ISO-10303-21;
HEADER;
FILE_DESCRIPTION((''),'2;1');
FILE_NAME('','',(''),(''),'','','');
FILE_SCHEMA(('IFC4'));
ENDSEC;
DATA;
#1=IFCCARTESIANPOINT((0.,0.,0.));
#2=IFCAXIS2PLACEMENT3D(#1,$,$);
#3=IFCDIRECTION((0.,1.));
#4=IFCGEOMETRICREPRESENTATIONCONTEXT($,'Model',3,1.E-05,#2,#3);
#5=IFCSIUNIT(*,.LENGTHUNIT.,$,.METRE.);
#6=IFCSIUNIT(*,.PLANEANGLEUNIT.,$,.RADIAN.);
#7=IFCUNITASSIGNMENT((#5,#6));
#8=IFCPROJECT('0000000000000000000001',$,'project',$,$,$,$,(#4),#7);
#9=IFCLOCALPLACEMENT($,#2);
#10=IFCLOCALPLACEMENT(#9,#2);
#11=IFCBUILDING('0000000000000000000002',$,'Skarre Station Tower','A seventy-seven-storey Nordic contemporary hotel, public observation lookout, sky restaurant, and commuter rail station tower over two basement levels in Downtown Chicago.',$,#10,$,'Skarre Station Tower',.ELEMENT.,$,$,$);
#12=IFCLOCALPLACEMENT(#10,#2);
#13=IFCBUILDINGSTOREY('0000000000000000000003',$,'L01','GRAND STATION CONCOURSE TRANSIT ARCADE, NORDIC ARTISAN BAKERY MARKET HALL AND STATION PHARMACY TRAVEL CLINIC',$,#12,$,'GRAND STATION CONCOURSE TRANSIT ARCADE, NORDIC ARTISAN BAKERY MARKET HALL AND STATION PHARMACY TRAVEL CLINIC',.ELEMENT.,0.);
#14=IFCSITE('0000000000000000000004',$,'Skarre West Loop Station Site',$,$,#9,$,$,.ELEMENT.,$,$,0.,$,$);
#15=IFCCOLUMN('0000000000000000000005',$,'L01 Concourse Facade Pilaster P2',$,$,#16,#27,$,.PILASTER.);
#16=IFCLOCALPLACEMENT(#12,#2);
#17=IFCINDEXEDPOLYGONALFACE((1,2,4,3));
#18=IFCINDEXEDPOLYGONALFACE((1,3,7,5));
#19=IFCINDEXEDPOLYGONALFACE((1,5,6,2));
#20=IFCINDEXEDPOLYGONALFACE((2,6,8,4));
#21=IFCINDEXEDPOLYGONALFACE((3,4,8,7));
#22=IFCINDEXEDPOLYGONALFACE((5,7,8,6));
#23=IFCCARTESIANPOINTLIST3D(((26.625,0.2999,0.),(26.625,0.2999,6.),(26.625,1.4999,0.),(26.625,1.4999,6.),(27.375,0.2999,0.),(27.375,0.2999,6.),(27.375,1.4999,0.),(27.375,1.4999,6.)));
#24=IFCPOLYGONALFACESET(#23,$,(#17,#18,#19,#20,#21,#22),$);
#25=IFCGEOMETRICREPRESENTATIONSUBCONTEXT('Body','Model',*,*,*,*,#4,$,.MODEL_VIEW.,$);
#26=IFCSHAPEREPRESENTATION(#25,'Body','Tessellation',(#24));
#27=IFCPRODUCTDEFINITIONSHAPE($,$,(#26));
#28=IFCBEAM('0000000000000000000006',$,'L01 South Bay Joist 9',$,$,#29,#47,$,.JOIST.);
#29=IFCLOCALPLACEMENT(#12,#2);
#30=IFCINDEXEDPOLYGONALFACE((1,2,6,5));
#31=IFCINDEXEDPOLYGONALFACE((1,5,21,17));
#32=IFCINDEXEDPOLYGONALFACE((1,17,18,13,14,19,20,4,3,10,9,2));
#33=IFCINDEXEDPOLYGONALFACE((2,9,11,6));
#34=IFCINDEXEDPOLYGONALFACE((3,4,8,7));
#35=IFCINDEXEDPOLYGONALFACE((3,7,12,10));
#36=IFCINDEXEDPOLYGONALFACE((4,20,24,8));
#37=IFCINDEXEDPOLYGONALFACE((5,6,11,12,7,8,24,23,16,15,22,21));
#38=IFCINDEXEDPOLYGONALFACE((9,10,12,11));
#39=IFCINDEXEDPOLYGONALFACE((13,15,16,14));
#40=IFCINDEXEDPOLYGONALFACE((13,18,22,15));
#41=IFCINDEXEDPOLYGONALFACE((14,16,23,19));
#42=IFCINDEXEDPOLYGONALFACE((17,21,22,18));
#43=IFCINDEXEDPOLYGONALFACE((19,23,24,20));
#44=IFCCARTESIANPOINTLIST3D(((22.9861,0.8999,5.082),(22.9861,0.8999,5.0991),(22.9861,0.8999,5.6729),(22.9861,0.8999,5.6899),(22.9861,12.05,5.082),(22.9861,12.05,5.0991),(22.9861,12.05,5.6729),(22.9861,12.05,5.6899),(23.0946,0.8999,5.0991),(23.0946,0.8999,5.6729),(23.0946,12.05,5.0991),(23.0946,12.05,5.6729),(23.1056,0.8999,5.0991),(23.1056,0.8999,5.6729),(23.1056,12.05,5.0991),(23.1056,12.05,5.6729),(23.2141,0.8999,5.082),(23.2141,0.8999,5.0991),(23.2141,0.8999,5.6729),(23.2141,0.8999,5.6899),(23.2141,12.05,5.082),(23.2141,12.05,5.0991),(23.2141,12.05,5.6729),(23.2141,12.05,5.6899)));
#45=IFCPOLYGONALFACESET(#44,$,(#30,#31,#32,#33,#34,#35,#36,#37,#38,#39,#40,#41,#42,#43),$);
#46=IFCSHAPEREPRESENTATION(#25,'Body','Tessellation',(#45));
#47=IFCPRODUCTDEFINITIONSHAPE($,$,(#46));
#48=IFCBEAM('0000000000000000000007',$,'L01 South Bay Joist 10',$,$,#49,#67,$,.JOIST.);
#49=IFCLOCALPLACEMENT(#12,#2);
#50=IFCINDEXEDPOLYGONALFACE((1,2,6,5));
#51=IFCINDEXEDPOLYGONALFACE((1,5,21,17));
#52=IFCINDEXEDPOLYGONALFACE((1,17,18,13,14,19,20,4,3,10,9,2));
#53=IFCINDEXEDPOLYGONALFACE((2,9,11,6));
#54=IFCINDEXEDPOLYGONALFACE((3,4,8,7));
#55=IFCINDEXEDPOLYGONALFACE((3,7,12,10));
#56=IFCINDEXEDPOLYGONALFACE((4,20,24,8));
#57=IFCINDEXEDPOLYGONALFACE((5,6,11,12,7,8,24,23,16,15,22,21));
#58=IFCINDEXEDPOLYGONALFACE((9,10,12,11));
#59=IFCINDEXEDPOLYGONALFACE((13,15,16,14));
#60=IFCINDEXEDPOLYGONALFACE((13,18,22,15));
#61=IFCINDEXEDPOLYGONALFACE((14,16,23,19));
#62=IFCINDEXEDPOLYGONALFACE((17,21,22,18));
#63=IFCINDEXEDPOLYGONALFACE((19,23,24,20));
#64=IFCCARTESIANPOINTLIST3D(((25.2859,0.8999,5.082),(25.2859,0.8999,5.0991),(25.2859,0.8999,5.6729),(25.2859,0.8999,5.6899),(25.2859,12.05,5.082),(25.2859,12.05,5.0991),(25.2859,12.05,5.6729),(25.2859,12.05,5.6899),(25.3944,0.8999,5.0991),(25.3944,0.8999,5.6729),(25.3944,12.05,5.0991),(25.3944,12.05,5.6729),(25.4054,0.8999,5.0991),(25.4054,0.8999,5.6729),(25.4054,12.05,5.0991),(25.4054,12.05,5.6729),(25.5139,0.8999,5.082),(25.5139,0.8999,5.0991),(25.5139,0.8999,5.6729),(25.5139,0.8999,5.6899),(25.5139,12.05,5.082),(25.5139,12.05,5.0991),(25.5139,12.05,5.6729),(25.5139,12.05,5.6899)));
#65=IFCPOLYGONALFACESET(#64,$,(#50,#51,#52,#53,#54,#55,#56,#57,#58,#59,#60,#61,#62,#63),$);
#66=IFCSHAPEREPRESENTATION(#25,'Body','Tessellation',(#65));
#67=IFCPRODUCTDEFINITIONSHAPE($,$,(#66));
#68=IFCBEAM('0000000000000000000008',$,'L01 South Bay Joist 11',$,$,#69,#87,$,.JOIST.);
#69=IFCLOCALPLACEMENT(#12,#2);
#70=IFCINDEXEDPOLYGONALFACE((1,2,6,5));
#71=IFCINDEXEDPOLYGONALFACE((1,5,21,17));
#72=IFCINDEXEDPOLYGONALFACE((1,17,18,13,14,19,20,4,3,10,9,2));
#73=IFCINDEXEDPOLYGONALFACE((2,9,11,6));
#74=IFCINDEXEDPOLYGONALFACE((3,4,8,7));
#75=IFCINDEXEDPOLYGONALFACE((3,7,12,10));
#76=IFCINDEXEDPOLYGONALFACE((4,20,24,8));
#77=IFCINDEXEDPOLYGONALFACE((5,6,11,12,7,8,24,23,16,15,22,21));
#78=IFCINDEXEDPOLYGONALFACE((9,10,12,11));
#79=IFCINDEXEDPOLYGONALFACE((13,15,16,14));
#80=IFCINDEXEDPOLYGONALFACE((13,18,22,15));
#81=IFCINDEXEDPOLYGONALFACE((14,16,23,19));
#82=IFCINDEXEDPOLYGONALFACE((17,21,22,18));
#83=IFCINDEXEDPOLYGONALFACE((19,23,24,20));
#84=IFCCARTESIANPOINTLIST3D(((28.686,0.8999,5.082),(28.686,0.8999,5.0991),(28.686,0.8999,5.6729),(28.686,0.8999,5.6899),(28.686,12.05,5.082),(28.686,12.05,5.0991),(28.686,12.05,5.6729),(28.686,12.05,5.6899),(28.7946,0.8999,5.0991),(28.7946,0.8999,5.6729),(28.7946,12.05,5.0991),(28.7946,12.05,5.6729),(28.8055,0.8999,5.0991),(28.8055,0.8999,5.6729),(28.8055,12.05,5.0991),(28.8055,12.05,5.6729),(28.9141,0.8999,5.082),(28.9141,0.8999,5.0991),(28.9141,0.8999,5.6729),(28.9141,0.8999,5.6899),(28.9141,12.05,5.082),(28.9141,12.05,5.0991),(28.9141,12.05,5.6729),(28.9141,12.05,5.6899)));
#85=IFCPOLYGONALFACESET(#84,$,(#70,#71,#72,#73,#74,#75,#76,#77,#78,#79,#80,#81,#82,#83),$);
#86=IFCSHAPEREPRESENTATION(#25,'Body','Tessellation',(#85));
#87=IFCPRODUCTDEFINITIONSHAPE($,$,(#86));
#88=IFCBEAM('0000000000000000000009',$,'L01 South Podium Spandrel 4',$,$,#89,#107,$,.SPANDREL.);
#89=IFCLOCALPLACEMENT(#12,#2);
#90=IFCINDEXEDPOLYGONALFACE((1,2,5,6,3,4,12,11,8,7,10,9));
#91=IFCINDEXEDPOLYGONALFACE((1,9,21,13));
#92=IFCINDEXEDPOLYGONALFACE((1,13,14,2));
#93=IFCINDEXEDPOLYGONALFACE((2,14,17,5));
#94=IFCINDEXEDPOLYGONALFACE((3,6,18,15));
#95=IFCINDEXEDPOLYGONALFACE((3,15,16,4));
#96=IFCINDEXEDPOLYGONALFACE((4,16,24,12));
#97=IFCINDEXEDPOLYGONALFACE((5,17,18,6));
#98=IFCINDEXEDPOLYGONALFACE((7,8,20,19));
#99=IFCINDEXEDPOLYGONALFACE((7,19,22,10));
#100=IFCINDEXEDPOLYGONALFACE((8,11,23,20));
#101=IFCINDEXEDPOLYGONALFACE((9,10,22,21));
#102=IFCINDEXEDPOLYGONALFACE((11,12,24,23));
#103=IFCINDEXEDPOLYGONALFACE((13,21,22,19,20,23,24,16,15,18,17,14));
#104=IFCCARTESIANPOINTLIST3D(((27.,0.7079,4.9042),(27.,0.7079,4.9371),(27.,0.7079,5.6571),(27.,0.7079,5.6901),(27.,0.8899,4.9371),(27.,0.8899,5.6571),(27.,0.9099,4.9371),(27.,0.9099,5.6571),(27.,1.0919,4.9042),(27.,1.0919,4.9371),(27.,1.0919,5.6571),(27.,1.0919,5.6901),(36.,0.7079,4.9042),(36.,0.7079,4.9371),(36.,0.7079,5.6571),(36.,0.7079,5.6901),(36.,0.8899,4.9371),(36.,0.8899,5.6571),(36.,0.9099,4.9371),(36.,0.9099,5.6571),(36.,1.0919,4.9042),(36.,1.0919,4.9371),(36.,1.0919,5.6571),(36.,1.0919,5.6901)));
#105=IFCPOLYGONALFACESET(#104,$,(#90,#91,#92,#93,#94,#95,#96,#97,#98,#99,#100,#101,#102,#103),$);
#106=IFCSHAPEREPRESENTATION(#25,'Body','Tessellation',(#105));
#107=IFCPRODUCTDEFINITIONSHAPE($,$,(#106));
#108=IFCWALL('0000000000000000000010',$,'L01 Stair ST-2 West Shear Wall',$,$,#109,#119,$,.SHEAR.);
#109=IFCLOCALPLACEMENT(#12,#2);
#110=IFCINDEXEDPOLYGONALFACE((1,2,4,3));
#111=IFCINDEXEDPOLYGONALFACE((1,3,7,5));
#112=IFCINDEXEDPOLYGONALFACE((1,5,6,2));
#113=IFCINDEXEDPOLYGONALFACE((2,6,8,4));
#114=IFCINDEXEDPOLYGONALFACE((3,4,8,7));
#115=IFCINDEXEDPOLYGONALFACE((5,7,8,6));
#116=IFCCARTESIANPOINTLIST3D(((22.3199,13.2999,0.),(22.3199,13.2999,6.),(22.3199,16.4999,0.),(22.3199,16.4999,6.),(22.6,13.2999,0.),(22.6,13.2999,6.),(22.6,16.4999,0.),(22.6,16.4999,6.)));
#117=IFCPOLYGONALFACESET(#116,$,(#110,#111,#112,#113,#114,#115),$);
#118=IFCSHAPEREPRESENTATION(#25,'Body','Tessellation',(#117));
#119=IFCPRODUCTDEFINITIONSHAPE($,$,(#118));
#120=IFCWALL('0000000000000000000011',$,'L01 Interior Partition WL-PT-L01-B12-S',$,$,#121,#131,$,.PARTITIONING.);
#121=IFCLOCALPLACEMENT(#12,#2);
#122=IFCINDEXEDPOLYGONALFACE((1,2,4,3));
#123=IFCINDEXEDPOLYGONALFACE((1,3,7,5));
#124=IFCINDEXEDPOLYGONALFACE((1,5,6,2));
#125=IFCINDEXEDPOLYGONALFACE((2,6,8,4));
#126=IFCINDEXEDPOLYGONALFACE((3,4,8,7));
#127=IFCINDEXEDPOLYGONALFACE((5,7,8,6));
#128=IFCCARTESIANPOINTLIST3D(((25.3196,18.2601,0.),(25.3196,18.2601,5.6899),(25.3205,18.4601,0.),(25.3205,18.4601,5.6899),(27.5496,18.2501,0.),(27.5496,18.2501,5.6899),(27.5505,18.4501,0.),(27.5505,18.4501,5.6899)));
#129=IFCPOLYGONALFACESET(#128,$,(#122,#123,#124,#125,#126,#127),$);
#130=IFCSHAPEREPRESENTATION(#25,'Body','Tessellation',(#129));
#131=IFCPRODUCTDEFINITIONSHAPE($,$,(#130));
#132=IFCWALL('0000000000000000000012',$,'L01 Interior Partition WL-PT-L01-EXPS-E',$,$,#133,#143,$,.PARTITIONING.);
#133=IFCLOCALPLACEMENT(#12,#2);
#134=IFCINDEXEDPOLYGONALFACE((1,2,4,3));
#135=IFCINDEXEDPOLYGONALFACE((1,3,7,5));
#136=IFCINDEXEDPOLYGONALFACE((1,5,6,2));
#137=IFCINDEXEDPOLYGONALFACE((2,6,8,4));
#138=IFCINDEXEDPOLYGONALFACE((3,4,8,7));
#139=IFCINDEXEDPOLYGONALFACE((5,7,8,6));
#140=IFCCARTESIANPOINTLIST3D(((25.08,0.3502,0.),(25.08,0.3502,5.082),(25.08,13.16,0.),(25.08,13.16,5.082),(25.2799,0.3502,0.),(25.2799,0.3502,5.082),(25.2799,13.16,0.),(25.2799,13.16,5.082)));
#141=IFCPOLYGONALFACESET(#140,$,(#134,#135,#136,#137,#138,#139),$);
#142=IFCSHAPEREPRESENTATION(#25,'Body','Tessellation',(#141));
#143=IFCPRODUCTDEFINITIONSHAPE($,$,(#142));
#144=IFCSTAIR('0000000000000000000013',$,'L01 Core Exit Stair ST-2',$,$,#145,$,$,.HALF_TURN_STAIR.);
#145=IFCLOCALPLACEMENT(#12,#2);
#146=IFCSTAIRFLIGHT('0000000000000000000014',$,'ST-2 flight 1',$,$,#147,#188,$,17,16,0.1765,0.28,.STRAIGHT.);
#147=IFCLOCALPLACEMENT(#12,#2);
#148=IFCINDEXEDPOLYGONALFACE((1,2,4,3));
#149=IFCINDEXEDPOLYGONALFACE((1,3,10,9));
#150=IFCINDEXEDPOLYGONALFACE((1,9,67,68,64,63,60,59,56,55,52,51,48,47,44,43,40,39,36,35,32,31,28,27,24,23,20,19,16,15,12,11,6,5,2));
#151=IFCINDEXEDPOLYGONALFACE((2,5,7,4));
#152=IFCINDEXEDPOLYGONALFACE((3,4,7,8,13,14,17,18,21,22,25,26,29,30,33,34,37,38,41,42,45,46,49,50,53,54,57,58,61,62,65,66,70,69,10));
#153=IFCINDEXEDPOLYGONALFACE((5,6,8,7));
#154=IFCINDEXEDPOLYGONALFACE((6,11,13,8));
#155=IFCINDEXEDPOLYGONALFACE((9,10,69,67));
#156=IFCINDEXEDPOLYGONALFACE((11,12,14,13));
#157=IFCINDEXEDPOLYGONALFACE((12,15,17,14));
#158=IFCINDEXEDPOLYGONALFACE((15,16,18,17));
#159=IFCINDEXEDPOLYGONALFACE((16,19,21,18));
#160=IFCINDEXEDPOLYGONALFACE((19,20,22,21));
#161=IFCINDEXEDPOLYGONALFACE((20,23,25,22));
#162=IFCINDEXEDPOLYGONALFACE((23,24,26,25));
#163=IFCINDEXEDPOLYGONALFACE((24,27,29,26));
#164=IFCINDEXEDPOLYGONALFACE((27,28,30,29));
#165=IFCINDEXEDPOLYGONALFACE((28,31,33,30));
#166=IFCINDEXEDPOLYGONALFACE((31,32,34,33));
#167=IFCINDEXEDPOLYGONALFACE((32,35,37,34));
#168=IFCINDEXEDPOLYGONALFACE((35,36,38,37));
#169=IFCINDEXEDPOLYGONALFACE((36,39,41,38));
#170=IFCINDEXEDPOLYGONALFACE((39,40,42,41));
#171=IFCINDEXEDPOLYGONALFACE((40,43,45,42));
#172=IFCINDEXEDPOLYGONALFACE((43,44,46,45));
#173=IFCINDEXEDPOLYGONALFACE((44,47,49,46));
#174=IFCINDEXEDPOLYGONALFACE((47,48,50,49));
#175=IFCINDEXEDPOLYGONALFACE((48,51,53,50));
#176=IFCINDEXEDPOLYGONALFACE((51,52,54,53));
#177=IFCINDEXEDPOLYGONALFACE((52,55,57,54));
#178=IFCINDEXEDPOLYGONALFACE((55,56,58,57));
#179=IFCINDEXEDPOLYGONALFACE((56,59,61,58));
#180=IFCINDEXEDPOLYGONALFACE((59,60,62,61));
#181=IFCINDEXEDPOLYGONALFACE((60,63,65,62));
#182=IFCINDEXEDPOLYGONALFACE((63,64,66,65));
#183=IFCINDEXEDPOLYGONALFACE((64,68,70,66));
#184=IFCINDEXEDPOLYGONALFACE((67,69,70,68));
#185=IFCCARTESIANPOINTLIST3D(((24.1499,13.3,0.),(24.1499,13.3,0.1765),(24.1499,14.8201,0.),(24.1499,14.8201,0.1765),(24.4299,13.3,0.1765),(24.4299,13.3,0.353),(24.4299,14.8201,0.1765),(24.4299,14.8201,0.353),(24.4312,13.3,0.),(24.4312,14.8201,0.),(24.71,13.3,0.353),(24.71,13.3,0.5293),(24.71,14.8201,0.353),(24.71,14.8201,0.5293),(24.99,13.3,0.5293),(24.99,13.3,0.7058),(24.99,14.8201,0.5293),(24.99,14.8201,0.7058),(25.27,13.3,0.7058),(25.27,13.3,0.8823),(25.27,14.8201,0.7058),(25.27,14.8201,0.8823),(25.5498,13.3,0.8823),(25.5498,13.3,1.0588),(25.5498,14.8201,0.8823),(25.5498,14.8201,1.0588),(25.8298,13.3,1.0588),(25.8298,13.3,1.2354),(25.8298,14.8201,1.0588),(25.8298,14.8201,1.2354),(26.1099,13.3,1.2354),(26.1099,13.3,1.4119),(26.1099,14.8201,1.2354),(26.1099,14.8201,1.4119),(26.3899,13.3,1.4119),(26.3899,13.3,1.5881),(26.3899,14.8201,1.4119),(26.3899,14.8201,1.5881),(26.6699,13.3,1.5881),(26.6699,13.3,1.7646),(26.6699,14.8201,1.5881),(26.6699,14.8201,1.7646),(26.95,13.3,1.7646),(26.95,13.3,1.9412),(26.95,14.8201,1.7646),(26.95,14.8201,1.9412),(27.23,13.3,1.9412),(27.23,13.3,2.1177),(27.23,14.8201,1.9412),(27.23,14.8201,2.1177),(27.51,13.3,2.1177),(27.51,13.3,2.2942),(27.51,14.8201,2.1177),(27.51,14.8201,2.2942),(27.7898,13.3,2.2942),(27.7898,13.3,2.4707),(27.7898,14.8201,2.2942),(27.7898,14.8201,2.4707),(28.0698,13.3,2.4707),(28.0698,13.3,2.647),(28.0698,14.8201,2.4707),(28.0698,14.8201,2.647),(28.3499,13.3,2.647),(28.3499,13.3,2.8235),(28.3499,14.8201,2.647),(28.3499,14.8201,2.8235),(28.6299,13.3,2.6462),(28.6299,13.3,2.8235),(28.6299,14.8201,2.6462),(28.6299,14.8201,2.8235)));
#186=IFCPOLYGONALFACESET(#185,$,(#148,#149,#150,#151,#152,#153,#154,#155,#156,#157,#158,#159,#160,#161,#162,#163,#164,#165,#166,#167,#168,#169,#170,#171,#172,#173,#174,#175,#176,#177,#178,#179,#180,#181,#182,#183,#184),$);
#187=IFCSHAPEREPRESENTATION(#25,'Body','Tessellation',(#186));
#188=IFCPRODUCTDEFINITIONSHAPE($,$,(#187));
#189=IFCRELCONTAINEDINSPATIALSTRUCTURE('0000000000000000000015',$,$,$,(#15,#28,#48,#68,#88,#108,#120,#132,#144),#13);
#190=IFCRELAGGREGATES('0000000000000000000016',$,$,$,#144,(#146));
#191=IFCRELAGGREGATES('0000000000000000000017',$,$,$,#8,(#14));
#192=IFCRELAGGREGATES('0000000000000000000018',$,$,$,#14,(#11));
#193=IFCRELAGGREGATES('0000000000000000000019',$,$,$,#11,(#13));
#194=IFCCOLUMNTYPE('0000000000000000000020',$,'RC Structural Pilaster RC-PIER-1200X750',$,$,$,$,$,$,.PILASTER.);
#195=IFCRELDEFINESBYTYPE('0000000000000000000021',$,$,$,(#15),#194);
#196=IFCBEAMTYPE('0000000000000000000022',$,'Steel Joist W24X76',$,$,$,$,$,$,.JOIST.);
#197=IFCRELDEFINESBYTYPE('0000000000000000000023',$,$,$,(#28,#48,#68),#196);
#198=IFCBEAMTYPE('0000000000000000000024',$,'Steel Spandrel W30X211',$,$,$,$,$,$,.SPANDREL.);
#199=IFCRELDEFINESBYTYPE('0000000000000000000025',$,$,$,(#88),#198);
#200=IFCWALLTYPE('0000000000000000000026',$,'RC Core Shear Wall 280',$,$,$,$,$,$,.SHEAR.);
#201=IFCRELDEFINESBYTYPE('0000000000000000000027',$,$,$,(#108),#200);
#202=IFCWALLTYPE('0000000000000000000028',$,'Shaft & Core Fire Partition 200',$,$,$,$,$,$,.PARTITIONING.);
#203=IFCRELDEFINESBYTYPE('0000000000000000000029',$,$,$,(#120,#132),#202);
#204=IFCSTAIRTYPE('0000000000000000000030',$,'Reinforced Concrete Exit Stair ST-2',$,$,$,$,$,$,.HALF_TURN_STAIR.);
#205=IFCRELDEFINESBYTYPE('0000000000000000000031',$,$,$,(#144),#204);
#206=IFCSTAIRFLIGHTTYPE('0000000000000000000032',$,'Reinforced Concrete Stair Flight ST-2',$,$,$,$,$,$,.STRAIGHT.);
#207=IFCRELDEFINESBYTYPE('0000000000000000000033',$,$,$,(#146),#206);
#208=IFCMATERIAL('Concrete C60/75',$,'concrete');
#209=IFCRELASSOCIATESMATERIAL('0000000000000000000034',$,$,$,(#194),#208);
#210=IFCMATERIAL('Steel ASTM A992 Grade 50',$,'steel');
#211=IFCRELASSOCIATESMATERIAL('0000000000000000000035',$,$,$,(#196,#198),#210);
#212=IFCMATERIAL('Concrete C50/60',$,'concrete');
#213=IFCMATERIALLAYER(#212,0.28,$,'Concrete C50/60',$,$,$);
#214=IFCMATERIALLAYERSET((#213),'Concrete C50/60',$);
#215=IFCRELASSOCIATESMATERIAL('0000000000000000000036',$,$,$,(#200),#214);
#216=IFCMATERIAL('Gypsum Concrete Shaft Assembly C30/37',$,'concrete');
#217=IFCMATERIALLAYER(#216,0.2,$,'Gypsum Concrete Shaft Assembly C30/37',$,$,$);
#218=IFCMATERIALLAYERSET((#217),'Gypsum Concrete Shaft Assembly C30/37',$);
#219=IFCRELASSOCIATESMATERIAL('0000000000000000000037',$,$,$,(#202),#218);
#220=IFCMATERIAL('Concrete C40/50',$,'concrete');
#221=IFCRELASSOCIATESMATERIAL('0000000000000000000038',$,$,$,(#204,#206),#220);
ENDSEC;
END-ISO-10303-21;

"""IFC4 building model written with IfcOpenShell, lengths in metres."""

from ifc_helpers import new_model, si_unit, direction, frame, frame_2d, origin, origin_2d, place, context, subcontext, project, spatial, polyline, rectangle, i_section, outline, extrude, material, layer, layer_set, material_profile, profile_set, type_object, element, aggregate, save


model = new_model("IFC4")

# Units and contexts
model_context = context("Model", 3, precision=1e-05, world=origin(), true_north=direction((0.0, 1.0)))
body_context = subcontext(model_context, "Body", "Model", "MODEL_VIEW")
ifc_project = project(units=[si_unit("LENGTHUNIT", "METRE"), si_unit("PLANEANGLEUNIT", "RADIAN")], contexts=[model_context])

# Site, building, storey
site_placement = place(None, origin())
site = spatial("IfcSite", under=ifc_project, at=site_placement, Name="Skarre West Loop Station Site", CompositionType="ELEMENT", RefElevation=0.0)
building_placement = place(site_placement, origin())
building = spatial("IfcBuilding", under=site, at=building_placement, Name="Skarre Station Tower", Description="A seventy-seven-storey Nordic contemporary hotel, public observation lookout, sky restaurant, and commuter rail station tower over two basement levels in Downtown Chicago.", LongName="Skarre Station Tower", CompositionType="ELEMENT")
storey_placement = place(building_placement, origin())
storey = spatial("IfcBuildingStorey", under=building, at=storey_placement, Name="L01", Description="GRAND STATION CONCOURSE TRANSIT ARCADE, NORDIC ARTISAN BAKERY MARKET HALL AND STATION PHARMACY TRAVEL CLINIC", LongName="GRAND STATION CONCOURSE TRANSIT ARCADE, NORDIC ARTISAN BAKERY MARKET HALL AND STATION PHARMACY TRAVEL CLINIC", CompositionType="ELEMENT", Elevation=0.0)

# Column
ifc_material_1 = material(Name="Concrete C60/75", Category="concrete")
ifc_material_profile_1 = material_profile(ifc_material_1, rectangle(XDim=0.75, YDim=1.2, at=origin_2d()), Name="Concrete C60/75")
ifc_profile_set_1 = profile_set([ifc_material_profile_1], Name="Concrete C60/75")
column_type = type_object("IfcColumnType", Name="RC Structural Pilaster RC-PIER-1200X750", PredefinedType="PILASTER", material=ifc_profile_set_1)
column_placement = place(storey_placement, frame((27.0, 0.8999, 0.0), z_axis=(0.0, 0.0, 1.0), x_axis=(1.0, 0.0, 0.0)))
element("IfcColumn", 1, at=column_placement, inside=storey, type_object=column_type, Name="L01 Concourse Facade Pilaster P2", PredefinedType="PILASTER", context=body_context, shape_type="SweptSolid", body=[
    extrude(rectangle(XDim=0.75, YDim=1.2, at=origin_2d()), origin(), (0.0, 0.0, 1.0), 6.0),
])

# Beams
ifc_material_2 = material(Name="Steel ASTM A992 Grade 50", Category="steel")
ifc_material_profile_2 = material_profile(ifc_material_2, i_section(OverallWidth=0.228, OverallDepth=0.6079, WebThickness=0.011, FlangeThickness=0.0171, at=origin_2d()), Name="Steel ASTM A992 Grade 50")
ifc_profile_set_2 = profile_set([ifc_material_profile_2], Name="Steel ASTM A992 Grade 50")
beam_type_1 = type_object("IfcBeamType", Name="Steel Joist W24X76", PredefinedType="JOIST", material=ifc_profile_set_2)
for number, where, z_axis, x_axis, name in (
    (2, (23.1001, 0.8999, 5.386), (0.0, 1.0, 0.0), (-1.0, 0.0, 0.0), "L01 South Bay Joist 9"),
    (3, (25.3999, 0.8999, 5.386), (0.0, 1.0, 0.0), (-1.0, 0.0, 0.0), "L01 South Bay Joist 10"),
    (4, (28.8, 0.8999, 5.386), (0.0, 1.0, 0.0), (-1.0, 0.0, 0.0), "L01 South Bay Joist 11"),
):
    element("IfcBeam", number, at=place(storey_placement, frame(where, z_axis=z_axis, x_axis=x_axis)), inside=storey, type_object=beam_type_1, Name=name, PredefinedType="JOIST", context=body_context, shape_type="SweptSolid", body=[
        extrude(i_section(OverallWidth=0.228, OverallDepth=0.6079, WebThickness=0.011, FlangeThickness=0.0171, at=origin_2d()), origin(), (0.0, 0.0, 1.0), 11.1501),
    ])
ifc_material_profile_3 = material_profile(ifc_material_2, i_section(OverallWidth=0.384, OverallDepth=0.7859, WebThickness=0.02, FlangeThickness=0.033, at=origin_2d()), Name="Steel ASTM A992 Grade 50")
ifc_profile_set_3 = profile_set([ifc_material_profile_3], Name="Steel ASTM A992 Grade 50")
beam_type_2 = type_object("IfcBeamType", Name="Steel Spandrel W30X211", PredefinedType="SPANDREL", material=ifc_profile_set_3)
beam_placement = place(storey_placement, frame((27.0, 0.8999, 5.2971), z_axis=(1.0, 0.0, 0.0), x_axis=(0.0, 1.0, 0.0)))
element("IfcBeam", 5, at=beam_placement, inside=storey, type_object=beam_type_2, Name="L01 South Podium Spandrel 4", PredefinedType="SPANDREL", context=body_context, shape_type="SweptSolid", body=[
    extrude(i_section(OverallWidth=0.384, OverallDepth=0.7859, WebThickness=0.02, FlangeThickness=0.033, at=origin_2d()), origin(), (0.0, 0.0, 1.0), 9.0),
])

# Walls
ifc_material_3 = material(Name="Concrete C50/60", Category="concrete")
ifc_layer_1 = layer(ifc_material_3, 0.28, Name="Concrete C50/60")
ifc_layer_set_1 = layer_set([ifc_layer_1], Name="Concrete C50/60")
wall_type_1 = type_object("IfcWallType", Name="RC Core Shear Wall 280", PredefinedType="SHEAR", material=ifc_layer_set_1)
wall_1_placement = place(storey_placement, frame((22.46, 16.5, 0.0), z_axis=(0.0, 0.0, 1.0), x_axis=(0.0, -1.0, 0.0)))
element("IfcWall", 6, at=wall_1_placement, inside=storey, type_object=wall_type_1, Name="L01 Stair ST-2 West Shear Wall", PredefinedType="SHEAR", context=body_context, shape_type="SweptSolid", body=[
    extrude(rectangle(XDim=3.2, YDim=0.28, at=frame_2d((1.6001, 0.0))), origin(), (0.0, 0.0, 1.0), 6.0),
])
ifc_material_4 = material(Name="Gypsum Concrete Shaft Assembly C30/37", Category="concrete")
ifc_layer_2 = layer(ifc_material_4, 0.2, Name="Gypsum Concrete Shaft Assembly C30/37")
ifc_layer_set_2 = layer_set([ifc_layer_2], Name="Gypsum Concrete Shaft Assembly C30/37")
wall_type_2 = type_object("IfcWallType", Name="Shaft & Core Fire Partition 200", PredefinedType="PARTITIONING", material=ifc_layer_set_2)
wall_2_placement = place(storey_placement, frame((25.3201, 18.3601, 0.0), z_axis=(0.0, 0.0, 1.0), x_axis=(0.99999, -0.004489, 0.0)))
element("IfcWall", 7, at=wall_2_placement, inside=storey, type_object=wall_type_2, Name="L01 Interior Partition WL-PT-L01-B12-S", PredefinedType="PARTITIONING", context=body_context, shape_type="SweptSolid", body=[
    extrude(rectangle(XDim=2.23, YDim=0.2, at=frame_2d((1.115, 0.0))), origin(), (0.0, 0.0, 1.0), 5.6899),
])
wall_3_placement = place(storey_placement, frame((25.1799, 13.1599, 0.0), z_axis=(0.0, 0.0, 1.0), x_axis=(0.0, -1.0, 0.0)))
element("IfcWall", 8, at=wall_3_placement, inside=storey, type_object=wall_type_2, Name="L01 Interior Partition WL-PT-L01-EXPS-E", PredefinedType="PARTITIONING", context=body_context, shape_type="SweptSolid", body=[
    extrude(rectangle(XDim=12.8098, YDim=0.2, at=frame_2d((6.4048, 0.0))), origin(), (0.0, 0.0, 1.0), 5.082),
])

# Stair, stair flight
ifc_material_5 = material(Name="Concrete C40/50", Category="concrete")
stair_type = type_object("IfcStairType", Name="Reinforced Concrete Exit Stair ST-2", PredefinedType="HALF_TURN_STAIR", material=ifc_material_5)
stair_placement = place(storey_placement, origin())
stair = element("IfcStair", 9, at=stair_placement, inside=storey, type_object=stair_type, Name="L01 Core Exit Stair ST-2", PredefinedType="HALF_TURN_STAIR")
stair_flight_type = type_object("IfcStairFlightType", Name="Reinforced Concrete Stair Flight ST-2", PredefinedType="STRAIGHT", material=ifc_material_5)
stair_flight_1_placement = place(storey_placement, frame((24.1499, 14.0601, 0.0), z_axis=(0.0, 0.0, 1.0), x_axis=(1.0, 0.0, 0.0)))
stair_flight_1 = element("IfcStairFlight", 10, at=stair_flight_1_placement, type_object=stair_flight_type, Name="ST-2 flight 1", NumberOfRisers=17, NumberOfTreads=16, PredefinedType="STRAIGHT", RiserHeight=0.1765, TreadLength=0.28, context=body_context, shape_type="SweptSolid", body=[
    extrude(outline(polyline([(0.0, 0.0), (0.0, 0.1765), (0.28, 0.1765), (0.28, 0.353), (0.5601, 0.353), (0.5601, 0.5293), (0.8401, 0.5293), (0.8401, 0.7058), (1.1201, 0.7058), (1.1201, 0.8823), (1.3999, 0.8823), (1.3999, 1.0588), (1.6799, 1.0588), (1.6799, 1.2354), (1.96, 1.2354), (1.96, 1.4119), (2.24, 1.4119), (2.24, 1.5881), (2.52, 1.5881), (2.52, 1.7646), (2.8, 1.7646), (2.8, 1.9412), (3.0801, 1.9412), (3.0801, 2.1177), (3.3601, 2.1177), (3.3601, 2.2942), (3.6399, 2.2942), (3.6399, 2.4707), (3.9199, 2.4707), (3.9199, 2.647), (4.2, 2.647), (4.2, 2.8235), (4.48, 2.8235), (4.48, 3.0), (4.48, 2.6462), (0.2812, 0.0), (0.0, 0.0)])), frame((0.0, 0.76, 0.0), z_axis=(0.0, -1.0, 0.0), x_axis=(1.0, 0.0, 0.0)), (0.0, 0.0, 1.0), 1.52),
])
aggregate(stair, [stair_flight_1])

save(model, "model.ifc")
